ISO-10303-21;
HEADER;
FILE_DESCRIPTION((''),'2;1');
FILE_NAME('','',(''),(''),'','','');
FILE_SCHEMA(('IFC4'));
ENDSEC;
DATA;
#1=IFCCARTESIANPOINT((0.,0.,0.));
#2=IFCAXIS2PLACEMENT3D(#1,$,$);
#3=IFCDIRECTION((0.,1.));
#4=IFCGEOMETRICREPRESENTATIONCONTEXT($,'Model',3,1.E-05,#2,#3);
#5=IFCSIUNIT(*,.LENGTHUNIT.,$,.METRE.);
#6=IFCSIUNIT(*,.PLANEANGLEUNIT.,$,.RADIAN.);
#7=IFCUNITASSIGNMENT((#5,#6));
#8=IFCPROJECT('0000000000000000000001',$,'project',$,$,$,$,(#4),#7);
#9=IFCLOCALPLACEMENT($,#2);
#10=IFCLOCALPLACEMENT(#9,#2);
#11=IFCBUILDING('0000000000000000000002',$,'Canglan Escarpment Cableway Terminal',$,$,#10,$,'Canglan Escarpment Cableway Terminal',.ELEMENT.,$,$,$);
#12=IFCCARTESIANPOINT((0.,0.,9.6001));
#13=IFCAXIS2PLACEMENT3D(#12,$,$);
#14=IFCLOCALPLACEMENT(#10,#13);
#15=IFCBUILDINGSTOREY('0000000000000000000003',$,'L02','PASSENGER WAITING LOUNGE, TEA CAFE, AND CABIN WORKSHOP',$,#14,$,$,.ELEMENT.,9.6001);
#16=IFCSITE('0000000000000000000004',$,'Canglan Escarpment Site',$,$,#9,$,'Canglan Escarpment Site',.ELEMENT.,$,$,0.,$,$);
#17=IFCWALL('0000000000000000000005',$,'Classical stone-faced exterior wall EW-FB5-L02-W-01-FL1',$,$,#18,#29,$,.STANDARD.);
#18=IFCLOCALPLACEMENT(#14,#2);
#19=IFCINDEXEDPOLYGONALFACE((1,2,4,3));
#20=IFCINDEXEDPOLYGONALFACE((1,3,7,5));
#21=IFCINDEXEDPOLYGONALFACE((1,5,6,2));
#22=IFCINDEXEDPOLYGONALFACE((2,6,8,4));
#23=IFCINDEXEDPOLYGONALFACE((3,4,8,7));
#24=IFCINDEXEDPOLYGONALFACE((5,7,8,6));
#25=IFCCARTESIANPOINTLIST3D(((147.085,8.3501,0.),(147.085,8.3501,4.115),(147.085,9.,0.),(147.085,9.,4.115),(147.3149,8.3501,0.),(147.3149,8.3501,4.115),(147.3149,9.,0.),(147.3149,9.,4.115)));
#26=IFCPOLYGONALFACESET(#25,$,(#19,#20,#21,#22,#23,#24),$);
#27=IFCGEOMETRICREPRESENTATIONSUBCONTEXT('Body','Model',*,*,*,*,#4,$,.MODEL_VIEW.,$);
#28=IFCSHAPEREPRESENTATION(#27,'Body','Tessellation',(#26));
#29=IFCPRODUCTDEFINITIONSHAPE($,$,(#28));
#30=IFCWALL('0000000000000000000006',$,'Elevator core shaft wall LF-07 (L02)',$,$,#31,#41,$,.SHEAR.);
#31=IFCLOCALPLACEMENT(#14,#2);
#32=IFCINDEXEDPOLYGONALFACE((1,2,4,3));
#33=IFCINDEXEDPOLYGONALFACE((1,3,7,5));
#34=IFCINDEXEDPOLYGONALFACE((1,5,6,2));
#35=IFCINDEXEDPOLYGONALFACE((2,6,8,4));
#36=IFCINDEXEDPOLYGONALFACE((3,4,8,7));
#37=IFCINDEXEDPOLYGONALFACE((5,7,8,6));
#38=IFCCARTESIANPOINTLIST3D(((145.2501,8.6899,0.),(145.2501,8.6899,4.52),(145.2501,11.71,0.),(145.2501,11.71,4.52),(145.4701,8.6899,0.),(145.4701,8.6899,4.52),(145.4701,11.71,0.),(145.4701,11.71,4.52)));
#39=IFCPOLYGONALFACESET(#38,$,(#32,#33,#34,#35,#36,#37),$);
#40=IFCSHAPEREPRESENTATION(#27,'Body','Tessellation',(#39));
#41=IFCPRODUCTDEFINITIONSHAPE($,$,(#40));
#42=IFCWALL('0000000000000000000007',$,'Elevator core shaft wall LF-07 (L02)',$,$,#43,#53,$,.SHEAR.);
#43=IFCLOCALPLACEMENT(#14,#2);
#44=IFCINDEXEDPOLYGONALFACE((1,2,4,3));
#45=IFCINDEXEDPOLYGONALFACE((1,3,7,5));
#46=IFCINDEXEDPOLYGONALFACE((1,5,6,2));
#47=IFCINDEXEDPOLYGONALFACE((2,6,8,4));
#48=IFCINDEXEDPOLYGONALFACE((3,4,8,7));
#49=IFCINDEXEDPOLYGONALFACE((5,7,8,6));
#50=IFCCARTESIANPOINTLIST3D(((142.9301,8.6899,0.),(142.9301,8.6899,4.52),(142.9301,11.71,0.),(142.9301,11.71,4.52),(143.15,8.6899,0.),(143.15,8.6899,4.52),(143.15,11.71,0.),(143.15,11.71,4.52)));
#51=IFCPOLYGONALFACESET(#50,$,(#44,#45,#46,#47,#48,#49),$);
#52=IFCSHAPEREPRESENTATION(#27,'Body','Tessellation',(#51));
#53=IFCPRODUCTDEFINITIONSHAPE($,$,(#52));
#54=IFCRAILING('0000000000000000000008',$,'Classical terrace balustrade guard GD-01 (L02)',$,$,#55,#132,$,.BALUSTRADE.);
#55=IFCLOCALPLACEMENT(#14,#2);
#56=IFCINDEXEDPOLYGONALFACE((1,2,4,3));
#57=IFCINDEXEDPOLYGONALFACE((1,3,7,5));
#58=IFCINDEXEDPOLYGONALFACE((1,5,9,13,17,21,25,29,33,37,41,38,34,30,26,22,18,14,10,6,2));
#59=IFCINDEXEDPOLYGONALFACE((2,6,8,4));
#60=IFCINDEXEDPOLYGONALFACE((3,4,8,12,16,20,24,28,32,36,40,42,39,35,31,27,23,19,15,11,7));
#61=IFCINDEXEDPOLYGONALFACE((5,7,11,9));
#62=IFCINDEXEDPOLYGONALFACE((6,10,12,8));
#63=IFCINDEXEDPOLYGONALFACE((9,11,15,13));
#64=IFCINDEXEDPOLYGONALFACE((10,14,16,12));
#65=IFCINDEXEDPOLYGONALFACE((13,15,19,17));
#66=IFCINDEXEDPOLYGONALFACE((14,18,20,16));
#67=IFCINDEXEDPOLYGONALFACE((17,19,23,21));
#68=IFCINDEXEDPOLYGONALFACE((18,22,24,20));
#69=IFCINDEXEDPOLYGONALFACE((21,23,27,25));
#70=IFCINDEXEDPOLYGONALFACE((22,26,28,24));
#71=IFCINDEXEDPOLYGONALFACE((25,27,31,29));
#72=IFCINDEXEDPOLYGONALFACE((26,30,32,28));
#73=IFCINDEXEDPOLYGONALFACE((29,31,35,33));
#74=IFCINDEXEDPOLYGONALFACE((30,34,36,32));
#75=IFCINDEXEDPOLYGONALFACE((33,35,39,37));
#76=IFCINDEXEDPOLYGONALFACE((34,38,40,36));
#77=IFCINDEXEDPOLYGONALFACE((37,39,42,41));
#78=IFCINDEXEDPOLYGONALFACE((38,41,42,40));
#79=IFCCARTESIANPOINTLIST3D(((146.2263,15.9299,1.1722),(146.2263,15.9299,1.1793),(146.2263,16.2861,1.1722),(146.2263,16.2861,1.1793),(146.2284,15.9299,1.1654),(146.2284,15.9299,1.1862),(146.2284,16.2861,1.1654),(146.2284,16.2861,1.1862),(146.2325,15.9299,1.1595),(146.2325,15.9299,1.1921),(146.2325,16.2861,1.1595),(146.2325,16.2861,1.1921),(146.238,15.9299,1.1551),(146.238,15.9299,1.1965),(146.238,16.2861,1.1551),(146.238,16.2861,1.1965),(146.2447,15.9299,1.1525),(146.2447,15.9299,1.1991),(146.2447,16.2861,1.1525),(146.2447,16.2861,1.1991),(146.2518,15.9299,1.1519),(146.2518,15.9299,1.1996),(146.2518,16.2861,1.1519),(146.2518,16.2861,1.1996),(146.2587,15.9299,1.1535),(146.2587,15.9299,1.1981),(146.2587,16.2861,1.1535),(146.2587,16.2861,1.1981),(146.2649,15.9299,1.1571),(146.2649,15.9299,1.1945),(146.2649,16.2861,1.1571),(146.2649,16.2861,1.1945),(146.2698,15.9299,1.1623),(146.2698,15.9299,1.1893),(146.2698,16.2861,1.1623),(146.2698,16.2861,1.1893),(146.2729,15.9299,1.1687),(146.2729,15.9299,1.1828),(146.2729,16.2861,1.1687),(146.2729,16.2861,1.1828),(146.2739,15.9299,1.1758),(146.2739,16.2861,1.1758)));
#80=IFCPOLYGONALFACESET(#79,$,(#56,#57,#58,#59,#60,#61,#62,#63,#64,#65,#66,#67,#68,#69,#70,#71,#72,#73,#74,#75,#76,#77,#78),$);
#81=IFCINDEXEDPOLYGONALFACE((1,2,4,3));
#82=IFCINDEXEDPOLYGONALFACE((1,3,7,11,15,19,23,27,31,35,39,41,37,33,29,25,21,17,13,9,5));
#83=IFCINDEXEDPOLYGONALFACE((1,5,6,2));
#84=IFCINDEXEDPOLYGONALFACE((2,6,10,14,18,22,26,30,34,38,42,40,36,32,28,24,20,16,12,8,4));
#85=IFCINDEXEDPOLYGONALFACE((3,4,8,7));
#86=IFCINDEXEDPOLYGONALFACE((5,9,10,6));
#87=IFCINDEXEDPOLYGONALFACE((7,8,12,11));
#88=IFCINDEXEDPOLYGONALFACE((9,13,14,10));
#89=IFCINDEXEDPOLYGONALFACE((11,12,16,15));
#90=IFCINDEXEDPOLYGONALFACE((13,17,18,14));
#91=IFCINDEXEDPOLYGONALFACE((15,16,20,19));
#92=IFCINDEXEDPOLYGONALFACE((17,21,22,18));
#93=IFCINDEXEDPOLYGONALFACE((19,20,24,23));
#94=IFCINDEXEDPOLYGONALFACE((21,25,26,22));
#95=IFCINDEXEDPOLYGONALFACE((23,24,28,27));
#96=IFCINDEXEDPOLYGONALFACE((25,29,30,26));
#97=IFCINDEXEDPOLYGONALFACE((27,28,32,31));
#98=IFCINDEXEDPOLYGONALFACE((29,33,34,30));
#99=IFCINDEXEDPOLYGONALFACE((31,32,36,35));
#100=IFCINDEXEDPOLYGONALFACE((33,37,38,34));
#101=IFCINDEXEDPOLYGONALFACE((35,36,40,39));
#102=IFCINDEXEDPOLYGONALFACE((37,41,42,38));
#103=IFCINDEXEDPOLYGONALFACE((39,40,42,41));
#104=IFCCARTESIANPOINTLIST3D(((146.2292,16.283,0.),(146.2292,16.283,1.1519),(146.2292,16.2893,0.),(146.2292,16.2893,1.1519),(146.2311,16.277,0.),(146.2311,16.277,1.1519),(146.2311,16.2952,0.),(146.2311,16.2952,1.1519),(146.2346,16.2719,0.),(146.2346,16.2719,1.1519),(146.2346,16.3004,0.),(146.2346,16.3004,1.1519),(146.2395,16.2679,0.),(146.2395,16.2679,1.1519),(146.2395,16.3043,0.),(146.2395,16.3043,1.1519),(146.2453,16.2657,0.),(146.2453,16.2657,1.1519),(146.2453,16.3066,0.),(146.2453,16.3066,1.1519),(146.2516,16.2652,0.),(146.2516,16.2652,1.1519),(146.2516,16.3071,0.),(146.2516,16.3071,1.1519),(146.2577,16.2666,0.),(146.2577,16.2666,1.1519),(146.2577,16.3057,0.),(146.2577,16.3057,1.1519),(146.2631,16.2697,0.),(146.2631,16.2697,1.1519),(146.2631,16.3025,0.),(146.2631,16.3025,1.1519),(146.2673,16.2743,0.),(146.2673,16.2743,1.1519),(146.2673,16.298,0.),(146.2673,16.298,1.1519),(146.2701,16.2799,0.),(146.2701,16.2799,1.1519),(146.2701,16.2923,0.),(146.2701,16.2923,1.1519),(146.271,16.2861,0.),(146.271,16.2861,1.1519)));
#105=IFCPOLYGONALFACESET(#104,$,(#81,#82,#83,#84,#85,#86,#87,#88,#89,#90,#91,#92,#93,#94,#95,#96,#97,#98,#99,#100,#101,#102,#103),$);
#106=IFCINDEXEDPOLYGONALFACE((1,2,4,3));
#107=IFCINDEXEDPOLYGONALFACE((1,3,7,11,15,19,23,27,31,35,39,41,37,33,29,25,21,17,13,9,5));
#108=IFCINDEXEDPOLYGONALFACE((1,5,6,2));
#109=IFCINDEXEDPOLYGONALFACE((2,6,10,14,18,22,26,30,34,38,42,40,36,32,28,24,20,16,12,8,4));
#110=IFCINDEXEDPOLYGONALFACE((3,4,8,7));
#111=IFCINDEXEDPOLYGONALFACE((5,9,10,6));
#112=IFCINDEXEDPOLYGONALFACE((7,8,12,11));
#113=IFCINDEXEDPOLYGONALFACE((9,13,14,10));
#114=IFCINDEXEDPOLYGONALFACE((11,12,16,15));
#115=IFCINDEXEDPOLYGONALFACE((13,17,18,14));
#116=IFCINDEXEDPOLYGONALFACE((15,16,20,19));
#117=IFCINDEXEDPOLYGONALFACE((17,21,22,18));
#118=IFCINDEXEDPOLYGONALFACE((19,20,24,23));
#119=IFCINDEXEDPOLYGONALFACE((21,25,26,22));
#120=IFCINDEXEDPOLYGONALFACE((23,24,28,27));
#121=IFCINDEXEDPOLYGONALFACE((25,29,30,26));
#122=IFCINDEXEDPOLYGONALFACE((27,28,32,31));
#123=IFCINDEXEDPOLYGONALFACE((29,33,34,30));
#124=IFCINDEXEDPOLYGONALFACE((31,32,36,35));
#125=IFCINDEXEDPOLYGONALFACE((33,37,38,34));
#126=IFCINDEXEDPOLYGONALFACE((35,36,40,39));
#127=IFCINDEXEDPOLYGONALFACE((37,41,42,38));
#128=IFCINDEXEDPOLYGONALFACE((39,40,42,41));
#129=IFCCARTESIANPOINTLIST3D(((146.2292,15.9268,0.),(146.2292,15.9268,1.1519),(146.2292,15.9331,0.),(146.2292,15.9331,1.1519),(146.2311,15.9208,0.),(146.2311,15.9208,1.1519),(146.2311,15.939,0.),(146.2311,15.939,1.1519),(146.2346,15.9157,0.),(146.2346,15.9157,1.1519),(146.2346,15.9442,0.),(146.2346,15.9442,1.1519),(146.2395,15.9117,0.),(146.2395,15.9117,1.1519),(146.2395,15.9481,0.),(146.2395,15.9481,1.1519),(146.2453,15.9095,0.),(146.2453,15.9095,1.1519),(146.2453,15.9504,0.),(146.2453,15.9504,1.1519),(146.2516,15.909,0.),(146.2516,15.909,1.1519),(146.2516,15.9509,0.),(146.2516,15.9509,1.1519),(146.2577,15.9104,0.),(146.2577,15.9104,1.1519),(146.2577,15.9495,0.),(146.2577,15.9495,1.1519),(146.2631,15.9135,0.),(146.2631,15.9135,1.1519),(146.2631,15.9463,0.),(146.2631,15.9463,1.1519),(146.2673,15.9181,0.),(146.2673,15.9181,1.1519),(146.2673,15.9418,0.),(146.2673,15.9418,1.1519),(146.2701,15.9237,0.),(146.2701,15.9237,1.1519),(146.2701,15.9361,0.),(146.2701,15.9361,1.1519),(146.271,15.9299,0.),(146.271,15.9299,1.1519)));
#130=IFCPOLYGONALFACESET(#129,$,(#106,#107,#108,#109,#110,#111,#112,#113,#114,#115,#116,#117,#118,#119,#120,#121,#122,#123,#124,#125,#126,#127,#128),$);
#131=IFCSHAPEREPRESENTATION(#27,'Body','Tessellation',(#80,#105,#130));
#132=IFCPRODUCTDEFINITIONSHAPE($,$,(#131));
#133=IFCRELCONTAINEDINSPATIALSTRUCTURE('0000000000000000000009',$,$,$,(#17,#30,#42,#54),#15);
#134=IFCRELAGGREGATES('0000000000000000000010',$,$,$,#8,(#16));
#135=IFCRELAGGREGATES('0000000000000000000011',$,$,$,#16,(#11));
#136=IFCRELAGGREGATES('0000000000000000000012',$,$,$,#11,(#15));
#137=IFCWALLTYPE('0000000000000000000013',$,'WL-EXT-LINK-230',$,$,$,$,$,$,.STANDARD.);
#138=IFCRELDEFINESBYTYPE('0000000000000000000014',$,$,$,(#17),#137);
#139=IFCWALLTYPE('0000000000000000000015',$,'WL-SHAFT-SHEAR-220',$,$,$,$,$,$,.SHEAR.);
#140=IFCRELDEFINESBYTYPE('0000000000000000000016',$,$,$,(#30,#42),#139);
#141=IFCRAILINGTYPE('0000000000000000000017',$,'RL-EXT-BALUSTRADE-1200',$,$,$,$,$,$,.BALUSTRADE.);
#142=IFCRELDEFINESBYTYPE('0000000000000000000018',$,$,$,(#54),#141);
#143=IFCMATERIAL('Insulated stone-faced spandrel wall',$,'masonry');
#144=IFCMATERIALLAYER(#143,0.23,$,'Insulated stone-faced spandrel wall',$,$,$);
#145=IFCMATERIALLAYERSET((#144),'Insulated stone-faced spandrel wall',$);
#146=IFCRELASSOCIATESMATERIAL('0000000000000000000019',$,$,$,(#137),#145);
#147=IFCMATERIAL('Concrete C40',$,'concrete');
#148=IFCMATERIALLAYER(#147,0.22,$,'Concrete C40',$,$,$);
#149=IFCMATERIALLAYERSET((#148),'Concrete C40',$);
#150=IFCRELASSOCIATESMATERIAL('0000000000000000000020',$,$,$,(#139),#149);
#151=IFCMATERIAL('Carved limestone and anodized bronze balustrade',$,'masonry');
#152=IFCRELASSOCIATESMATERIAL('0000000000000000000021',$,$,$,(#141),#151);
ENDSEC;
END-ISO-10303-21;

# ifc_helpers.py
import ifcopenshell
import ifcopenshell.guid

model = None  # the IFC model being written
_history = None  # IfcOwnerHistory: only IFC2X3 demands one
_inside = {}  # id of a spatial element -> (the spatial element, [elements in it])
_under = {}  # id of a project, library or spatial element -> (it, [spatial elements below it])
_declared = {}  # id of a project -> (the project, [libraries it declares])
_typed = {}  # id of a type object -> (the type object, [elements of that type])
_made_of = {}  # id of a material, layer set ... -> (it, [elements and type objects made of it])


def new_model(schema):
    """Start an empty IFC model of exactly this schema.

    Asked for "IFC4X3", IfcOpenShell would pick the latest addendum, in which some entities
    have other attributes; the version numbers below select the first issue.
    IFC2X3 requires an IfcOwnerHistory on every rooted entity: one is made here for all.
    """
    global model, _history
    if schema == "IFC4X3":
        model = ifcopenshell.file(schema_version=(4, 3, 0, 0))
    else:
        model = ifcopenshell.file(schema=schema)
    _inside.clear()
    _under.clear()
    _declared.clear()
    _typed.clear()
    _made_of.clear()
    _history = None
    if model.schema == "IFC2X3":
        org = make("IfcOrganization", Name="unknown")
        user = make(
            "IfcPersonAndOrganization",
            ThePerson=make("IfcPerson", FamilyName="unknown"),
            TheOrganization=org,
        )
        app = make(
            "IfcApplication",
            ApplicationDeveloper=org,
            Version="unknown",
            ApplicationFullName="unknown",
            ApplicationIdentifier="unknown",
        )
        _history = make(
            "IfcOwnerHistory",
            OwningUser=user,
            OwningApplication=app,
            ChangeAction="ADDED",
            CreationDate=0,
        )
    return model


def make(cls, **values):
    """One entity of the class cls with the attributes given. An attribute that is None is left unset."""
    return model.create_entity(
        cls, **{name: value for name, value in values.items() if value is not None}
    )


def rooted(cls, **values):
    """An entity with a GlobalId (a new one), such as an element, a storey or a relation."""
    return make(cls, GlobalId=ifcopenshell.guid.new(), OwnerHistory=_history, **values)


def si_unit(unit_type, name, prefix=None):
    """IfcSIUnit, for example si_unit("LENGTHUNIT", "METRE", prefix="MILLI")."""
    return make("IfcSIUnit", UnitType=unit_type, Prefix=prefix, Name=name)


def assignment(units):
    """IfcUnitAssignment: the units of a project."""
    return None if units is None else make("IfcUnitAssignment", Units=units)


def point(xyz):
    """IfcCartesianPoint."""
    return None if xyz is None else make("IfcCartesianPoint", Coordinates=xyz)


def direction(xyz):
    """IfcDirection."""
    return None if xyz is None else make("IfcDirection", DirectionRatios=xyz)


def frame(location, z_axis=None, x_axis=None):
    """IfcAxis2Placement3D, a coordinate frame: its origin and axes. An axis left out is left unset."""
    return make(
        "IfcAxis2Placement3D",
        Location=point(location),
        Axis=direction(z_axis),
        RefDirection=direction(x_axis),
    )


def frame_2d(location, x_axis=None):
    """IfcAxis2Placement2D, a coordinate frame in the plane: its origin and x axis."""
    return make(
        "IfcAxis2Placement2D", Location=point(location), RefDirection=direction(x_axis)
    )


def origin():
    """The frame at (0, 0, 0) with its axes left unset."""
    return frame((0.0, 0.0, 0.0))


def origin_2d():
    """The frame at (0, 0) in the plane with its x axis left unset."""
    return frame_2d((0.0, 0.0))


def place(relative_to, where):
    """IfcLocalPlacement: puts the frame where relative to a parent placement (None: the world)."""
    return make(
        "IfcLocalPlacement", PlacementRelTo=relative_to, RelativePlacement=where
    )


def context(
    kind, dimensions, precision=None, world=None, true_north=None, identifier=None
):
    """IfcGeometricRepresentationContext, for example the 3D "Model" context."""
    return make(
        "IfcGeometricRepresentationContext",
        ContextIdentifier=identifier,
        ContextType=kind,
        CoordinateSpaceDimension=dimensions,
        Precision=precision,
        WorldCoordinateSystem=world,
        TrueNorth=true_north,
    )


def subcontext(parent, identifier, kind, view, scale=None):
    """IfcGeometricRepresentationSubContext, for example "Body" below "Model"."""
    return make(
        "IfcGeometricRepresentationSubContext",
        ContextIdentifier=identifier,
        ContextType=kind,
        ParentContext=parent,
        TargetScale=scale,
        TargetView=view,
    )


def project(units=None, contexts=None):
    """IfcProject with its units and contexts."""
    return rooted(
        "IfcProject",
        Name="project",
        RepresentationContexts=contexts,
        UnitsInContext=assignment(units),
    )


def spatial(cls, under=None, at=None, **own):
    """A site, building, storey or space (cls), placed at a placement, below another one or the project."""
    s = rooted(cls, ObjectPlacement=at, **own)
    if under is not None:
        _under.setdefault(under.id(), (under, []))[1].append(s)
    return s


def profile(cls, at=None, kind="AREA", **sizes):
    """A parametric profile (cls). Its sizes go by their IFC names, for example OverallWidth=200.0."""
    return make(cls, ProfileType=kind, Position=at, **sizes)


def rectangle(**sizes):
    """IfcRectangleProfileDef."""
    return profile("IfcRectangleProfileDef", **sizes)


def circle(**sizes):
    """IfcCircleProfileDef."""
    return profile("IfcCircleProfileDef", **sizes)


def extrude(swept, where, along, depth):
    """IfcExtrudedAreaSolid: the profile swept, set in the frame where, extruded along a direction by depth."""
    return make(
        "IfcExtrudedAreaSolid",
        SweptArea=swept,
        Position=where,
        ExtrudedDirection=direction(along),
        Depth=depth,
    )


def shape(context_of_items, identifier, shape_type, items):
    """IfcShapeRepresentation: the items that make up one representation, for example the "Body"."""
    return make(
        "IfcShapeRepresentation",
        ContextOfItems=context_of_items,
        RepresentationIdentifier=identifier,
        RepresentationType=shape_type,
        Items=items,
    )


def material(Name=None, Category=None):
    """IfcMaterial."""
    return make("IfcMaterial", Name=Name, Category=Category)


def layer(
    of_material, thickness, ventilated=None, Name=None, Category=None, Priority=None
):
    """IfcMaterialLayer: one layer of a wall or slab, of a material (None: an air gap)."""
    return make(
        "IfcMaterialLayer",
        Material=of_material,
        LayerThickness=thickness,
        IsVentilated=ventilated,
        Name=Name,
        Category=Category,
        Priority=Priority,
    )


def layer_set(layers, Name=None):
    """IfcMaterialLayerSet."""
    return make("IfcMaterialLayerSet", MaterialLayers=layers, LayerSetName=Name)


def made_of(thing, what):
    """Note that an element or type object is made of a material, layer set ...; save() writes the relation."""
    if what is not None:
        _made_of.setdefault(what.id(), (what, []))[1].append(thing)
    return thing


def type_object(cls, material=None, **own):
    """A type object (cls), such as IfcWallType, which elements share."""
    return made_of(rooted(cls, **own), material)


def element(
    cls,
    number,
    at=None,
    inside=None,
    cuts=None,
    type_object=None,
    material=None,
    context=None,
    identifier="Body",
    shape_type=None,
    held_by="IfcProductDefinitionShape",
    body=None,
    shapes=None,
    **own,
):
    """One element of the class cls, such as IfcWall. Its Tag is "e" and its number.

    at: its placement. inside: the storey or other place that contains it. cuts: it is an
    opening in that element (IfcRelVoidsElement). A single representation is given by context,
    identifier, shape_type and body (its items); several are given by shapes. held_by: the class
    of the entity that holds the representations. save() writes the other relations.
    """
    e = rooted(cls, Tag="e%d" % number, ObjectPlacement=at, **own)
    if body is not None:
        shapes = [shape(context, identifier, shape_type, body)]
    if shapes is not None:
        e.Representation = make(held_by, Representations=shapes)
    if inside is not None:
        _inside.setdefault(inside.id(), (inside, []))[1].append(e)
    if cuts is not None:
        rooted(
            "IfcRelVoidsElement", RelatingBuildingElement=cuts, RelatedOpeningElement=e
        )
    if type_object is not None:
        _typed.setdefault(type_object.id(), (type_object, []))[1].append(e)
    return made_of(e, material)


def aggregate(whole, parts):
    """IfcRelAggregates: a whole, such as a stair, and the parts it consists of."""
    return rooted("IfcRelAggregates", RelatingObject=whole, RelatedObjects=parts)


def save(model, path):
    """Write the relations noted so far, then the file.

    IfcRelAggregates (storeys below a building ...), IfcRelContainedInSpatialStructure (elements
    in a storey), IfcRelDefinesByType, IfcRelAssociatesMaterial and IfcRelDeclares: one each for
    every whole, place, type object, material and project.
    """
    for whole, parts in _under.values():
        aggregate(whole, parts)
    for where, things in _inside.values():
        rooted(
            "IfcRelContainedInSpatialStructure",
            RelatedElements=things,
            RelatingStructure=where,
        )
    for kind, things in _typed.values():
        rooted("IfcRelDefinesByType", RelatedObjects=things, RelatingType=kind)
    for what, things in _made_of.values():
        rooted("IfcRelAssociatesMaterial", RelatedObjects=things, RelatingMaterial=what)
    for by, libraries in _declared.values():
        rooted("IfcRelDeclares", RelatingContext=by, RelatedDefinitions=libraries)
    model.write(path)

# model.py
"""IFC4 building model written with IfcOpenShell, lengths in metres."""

from ifc_helpers import new_model, si_unit, direction, frame, frame_2d, origin, origin_2d, place, context, subcontext, project, spatial, rectangle, circle, extrude, material, layer, layer_set, type_object, element, save


model = new_model("IFC4")

# Units and contexts
model_context = context("Model", 3, precision=1e-05, world=origin(), true_north=direction((0.0, 1.0)))
body_context = subcontext(model_context, "Body", "Model", "MODEL_VIEW")
ifc_project = project(units=[si_unit("LENGTHUNIT", "METRE"), si_unit("PLANEANGLEUNIT", "RADIAN")], contexts=[model_context])

# Site, building, storey
site_placement = place(None, origin())
site = spatial("IfcSite", under=ifc_project, at=site_placement, Name="Canglan Escarpment Site", LongName="Canglan Escarpment Site", CompositionType="ELEMENT", RefElevation=0.0)
building_placement = place(site_placement, origin())
building = spatial("IfcBuilding", under=site, at=building_placement, Name="Canglan Escarpment Cableway Terminal", LongName="Canglan Escarpment Cableway Terminal", CompositionType="ELEMENT")
storey_placement = place(building_placement, frame((0.0, 0.0, 9.6001)))
storey = spatial("IfcBuildingStorey", under=building, at=storey_placement, Name="L02", Description="PASSENGER WAITING LOUNGE, TEA CAFE, AND CABIN WORKSHOP", CompositionType="ELEMENT", Elevation=9.6001)

# Shared definitions
ifc_material_1 = material(Name="Concrete C40", Category="concrete")

# Wall
ifc_material_2 = material(Name="Insulated stone-faced spandrel wall", Category="masonry")
ifc_layer_1 = layer(ifc_material_2, 0.23, Name="Insulated stone-faced spandrel wall")
ifc_layer_set_1 = layer_set([ifc_layer_1], Name="Insulated stone-faced spandrel wall")
wall_type_1 = type_object("IfcWallType", Name="WL-EXT-LINK-230", PredefinedType="STANDARD", material=ifc_layer_set_1)
wall_1_placement = place(storey_placement, frame((147.2, 8.3501, 0.0), z_axis=(0.0, 0.0, 1.0), x_axis=(0.0, 1.0, 0.0)))
element("IfcWall", 1, at=wall_1_placement, inside=storey, type_object=wall_type_1, Name="Classical stone-faced exterior wall EW-FB5-L02-W-01-FL1", PredefinedType="STANDARD", context=body_context, shape_type="SweptSolid", body=[
    extrude(rectangle(XDim=0.6499, YDim=0.23, at=frame_2d((0.325, 0.0))), origin(), (0.0, 0.0, 1.0), 4.115),
])

# Shared definitions
ifc_layer_2 = layer(ifc_material_1, 0.22, Name="Concrete C40")
ifc_layer_set_2 = layer_set([ifc_layer_2], Name="Concrete C40")
wall_type_2 = type_object("IfcWallType", Name="WL-SHAFT-SHEAR-220", PredefinedType="SHEAR", material=ifc_layer_set_2)

# Wall
wall_2_placement = place(storey_placement, frame((145.3601, 8.6899, 0.0), z_axis=(0.0, 0.0, 1.0), x_axis=(0.0, 1.0, 0.0)))
element("IfcWall", 2, at=wall_2_placement, inside=storey, type_object=wall_type_2, Name="Elevator core shaft wall LF-07 (L02)", PredefinedType="SHEAR", context=body_context, shape_type="SweptSolid", body=[
    extrude(rectangle(XDim=3.02, YDim=0.22, at=frame_2d((1.51, 0.0))), origin(), (0.0, 0.0, 1.0), 4.52),
])

# Wall
wall_3_placement = place(storey_placement, frame((143.04, 11.71, 0.0), z_axis=(0.0, 0.0, 1.0), x_axis=(0.0, -1.0, 0.0)))
element("IfcWall", 3, at=wall_3_placement, inside=storey, type_object=wall_type_2, Name="Elevator core shaft wall LF-07 (L02)", PredefinedType="SHEAR", context=body_context, shape_type="SweptSolid", body=[
    extrude(rectangle(XDim=3.02, YDim=0.22, at=frame_2d((1.51, 0.0))), origin(), (0.0, 0.0, 1.0), 4.52),
])

# Railing
ifc_material_3 = material(Name="Carved limestone and anodized bronze balustrade", Category="masonry")
railing_type = type_object("IfcRailingType", Name="RL-EXT-BALUSTRADE-1200", PredefinedType="BALUSTRADE", material=ifc_material_3)
railing_1_placement = place(storey_placement, frame((146.25, 16.2861, 0.0)))
element("IfcRailing", 4, at=railing_1_placement, inside=storey, type_object=railing_type, Name="Classical terrace balustrade guard GD-01 (L02)", PredefinedType="BALUSTRADE", context=body_context, shape_type="SweptSolid", body=[
    extrude(circle(Radius=0.0239, at=origin_2d()), frame((0.0, 0.0, 1.1758), z_axis=(0.0, -1.0, 0.0), x_axis=(1.0, 0.0, 0.0)), (0.0, 0.0, 1.0), 0.3562),
    extrude(circle(Radius=0.021, at=origin_2d()), origin(), (0.0, 0.0, 1.0), 1.1519),
    extrude(circle(Radius=0.021, at=origin_2d()), frame((0.0, -0.3562, 0.0)), (0.0, 0.0, 1.0), 1.1519),
])

save(model, "model.ifc")
